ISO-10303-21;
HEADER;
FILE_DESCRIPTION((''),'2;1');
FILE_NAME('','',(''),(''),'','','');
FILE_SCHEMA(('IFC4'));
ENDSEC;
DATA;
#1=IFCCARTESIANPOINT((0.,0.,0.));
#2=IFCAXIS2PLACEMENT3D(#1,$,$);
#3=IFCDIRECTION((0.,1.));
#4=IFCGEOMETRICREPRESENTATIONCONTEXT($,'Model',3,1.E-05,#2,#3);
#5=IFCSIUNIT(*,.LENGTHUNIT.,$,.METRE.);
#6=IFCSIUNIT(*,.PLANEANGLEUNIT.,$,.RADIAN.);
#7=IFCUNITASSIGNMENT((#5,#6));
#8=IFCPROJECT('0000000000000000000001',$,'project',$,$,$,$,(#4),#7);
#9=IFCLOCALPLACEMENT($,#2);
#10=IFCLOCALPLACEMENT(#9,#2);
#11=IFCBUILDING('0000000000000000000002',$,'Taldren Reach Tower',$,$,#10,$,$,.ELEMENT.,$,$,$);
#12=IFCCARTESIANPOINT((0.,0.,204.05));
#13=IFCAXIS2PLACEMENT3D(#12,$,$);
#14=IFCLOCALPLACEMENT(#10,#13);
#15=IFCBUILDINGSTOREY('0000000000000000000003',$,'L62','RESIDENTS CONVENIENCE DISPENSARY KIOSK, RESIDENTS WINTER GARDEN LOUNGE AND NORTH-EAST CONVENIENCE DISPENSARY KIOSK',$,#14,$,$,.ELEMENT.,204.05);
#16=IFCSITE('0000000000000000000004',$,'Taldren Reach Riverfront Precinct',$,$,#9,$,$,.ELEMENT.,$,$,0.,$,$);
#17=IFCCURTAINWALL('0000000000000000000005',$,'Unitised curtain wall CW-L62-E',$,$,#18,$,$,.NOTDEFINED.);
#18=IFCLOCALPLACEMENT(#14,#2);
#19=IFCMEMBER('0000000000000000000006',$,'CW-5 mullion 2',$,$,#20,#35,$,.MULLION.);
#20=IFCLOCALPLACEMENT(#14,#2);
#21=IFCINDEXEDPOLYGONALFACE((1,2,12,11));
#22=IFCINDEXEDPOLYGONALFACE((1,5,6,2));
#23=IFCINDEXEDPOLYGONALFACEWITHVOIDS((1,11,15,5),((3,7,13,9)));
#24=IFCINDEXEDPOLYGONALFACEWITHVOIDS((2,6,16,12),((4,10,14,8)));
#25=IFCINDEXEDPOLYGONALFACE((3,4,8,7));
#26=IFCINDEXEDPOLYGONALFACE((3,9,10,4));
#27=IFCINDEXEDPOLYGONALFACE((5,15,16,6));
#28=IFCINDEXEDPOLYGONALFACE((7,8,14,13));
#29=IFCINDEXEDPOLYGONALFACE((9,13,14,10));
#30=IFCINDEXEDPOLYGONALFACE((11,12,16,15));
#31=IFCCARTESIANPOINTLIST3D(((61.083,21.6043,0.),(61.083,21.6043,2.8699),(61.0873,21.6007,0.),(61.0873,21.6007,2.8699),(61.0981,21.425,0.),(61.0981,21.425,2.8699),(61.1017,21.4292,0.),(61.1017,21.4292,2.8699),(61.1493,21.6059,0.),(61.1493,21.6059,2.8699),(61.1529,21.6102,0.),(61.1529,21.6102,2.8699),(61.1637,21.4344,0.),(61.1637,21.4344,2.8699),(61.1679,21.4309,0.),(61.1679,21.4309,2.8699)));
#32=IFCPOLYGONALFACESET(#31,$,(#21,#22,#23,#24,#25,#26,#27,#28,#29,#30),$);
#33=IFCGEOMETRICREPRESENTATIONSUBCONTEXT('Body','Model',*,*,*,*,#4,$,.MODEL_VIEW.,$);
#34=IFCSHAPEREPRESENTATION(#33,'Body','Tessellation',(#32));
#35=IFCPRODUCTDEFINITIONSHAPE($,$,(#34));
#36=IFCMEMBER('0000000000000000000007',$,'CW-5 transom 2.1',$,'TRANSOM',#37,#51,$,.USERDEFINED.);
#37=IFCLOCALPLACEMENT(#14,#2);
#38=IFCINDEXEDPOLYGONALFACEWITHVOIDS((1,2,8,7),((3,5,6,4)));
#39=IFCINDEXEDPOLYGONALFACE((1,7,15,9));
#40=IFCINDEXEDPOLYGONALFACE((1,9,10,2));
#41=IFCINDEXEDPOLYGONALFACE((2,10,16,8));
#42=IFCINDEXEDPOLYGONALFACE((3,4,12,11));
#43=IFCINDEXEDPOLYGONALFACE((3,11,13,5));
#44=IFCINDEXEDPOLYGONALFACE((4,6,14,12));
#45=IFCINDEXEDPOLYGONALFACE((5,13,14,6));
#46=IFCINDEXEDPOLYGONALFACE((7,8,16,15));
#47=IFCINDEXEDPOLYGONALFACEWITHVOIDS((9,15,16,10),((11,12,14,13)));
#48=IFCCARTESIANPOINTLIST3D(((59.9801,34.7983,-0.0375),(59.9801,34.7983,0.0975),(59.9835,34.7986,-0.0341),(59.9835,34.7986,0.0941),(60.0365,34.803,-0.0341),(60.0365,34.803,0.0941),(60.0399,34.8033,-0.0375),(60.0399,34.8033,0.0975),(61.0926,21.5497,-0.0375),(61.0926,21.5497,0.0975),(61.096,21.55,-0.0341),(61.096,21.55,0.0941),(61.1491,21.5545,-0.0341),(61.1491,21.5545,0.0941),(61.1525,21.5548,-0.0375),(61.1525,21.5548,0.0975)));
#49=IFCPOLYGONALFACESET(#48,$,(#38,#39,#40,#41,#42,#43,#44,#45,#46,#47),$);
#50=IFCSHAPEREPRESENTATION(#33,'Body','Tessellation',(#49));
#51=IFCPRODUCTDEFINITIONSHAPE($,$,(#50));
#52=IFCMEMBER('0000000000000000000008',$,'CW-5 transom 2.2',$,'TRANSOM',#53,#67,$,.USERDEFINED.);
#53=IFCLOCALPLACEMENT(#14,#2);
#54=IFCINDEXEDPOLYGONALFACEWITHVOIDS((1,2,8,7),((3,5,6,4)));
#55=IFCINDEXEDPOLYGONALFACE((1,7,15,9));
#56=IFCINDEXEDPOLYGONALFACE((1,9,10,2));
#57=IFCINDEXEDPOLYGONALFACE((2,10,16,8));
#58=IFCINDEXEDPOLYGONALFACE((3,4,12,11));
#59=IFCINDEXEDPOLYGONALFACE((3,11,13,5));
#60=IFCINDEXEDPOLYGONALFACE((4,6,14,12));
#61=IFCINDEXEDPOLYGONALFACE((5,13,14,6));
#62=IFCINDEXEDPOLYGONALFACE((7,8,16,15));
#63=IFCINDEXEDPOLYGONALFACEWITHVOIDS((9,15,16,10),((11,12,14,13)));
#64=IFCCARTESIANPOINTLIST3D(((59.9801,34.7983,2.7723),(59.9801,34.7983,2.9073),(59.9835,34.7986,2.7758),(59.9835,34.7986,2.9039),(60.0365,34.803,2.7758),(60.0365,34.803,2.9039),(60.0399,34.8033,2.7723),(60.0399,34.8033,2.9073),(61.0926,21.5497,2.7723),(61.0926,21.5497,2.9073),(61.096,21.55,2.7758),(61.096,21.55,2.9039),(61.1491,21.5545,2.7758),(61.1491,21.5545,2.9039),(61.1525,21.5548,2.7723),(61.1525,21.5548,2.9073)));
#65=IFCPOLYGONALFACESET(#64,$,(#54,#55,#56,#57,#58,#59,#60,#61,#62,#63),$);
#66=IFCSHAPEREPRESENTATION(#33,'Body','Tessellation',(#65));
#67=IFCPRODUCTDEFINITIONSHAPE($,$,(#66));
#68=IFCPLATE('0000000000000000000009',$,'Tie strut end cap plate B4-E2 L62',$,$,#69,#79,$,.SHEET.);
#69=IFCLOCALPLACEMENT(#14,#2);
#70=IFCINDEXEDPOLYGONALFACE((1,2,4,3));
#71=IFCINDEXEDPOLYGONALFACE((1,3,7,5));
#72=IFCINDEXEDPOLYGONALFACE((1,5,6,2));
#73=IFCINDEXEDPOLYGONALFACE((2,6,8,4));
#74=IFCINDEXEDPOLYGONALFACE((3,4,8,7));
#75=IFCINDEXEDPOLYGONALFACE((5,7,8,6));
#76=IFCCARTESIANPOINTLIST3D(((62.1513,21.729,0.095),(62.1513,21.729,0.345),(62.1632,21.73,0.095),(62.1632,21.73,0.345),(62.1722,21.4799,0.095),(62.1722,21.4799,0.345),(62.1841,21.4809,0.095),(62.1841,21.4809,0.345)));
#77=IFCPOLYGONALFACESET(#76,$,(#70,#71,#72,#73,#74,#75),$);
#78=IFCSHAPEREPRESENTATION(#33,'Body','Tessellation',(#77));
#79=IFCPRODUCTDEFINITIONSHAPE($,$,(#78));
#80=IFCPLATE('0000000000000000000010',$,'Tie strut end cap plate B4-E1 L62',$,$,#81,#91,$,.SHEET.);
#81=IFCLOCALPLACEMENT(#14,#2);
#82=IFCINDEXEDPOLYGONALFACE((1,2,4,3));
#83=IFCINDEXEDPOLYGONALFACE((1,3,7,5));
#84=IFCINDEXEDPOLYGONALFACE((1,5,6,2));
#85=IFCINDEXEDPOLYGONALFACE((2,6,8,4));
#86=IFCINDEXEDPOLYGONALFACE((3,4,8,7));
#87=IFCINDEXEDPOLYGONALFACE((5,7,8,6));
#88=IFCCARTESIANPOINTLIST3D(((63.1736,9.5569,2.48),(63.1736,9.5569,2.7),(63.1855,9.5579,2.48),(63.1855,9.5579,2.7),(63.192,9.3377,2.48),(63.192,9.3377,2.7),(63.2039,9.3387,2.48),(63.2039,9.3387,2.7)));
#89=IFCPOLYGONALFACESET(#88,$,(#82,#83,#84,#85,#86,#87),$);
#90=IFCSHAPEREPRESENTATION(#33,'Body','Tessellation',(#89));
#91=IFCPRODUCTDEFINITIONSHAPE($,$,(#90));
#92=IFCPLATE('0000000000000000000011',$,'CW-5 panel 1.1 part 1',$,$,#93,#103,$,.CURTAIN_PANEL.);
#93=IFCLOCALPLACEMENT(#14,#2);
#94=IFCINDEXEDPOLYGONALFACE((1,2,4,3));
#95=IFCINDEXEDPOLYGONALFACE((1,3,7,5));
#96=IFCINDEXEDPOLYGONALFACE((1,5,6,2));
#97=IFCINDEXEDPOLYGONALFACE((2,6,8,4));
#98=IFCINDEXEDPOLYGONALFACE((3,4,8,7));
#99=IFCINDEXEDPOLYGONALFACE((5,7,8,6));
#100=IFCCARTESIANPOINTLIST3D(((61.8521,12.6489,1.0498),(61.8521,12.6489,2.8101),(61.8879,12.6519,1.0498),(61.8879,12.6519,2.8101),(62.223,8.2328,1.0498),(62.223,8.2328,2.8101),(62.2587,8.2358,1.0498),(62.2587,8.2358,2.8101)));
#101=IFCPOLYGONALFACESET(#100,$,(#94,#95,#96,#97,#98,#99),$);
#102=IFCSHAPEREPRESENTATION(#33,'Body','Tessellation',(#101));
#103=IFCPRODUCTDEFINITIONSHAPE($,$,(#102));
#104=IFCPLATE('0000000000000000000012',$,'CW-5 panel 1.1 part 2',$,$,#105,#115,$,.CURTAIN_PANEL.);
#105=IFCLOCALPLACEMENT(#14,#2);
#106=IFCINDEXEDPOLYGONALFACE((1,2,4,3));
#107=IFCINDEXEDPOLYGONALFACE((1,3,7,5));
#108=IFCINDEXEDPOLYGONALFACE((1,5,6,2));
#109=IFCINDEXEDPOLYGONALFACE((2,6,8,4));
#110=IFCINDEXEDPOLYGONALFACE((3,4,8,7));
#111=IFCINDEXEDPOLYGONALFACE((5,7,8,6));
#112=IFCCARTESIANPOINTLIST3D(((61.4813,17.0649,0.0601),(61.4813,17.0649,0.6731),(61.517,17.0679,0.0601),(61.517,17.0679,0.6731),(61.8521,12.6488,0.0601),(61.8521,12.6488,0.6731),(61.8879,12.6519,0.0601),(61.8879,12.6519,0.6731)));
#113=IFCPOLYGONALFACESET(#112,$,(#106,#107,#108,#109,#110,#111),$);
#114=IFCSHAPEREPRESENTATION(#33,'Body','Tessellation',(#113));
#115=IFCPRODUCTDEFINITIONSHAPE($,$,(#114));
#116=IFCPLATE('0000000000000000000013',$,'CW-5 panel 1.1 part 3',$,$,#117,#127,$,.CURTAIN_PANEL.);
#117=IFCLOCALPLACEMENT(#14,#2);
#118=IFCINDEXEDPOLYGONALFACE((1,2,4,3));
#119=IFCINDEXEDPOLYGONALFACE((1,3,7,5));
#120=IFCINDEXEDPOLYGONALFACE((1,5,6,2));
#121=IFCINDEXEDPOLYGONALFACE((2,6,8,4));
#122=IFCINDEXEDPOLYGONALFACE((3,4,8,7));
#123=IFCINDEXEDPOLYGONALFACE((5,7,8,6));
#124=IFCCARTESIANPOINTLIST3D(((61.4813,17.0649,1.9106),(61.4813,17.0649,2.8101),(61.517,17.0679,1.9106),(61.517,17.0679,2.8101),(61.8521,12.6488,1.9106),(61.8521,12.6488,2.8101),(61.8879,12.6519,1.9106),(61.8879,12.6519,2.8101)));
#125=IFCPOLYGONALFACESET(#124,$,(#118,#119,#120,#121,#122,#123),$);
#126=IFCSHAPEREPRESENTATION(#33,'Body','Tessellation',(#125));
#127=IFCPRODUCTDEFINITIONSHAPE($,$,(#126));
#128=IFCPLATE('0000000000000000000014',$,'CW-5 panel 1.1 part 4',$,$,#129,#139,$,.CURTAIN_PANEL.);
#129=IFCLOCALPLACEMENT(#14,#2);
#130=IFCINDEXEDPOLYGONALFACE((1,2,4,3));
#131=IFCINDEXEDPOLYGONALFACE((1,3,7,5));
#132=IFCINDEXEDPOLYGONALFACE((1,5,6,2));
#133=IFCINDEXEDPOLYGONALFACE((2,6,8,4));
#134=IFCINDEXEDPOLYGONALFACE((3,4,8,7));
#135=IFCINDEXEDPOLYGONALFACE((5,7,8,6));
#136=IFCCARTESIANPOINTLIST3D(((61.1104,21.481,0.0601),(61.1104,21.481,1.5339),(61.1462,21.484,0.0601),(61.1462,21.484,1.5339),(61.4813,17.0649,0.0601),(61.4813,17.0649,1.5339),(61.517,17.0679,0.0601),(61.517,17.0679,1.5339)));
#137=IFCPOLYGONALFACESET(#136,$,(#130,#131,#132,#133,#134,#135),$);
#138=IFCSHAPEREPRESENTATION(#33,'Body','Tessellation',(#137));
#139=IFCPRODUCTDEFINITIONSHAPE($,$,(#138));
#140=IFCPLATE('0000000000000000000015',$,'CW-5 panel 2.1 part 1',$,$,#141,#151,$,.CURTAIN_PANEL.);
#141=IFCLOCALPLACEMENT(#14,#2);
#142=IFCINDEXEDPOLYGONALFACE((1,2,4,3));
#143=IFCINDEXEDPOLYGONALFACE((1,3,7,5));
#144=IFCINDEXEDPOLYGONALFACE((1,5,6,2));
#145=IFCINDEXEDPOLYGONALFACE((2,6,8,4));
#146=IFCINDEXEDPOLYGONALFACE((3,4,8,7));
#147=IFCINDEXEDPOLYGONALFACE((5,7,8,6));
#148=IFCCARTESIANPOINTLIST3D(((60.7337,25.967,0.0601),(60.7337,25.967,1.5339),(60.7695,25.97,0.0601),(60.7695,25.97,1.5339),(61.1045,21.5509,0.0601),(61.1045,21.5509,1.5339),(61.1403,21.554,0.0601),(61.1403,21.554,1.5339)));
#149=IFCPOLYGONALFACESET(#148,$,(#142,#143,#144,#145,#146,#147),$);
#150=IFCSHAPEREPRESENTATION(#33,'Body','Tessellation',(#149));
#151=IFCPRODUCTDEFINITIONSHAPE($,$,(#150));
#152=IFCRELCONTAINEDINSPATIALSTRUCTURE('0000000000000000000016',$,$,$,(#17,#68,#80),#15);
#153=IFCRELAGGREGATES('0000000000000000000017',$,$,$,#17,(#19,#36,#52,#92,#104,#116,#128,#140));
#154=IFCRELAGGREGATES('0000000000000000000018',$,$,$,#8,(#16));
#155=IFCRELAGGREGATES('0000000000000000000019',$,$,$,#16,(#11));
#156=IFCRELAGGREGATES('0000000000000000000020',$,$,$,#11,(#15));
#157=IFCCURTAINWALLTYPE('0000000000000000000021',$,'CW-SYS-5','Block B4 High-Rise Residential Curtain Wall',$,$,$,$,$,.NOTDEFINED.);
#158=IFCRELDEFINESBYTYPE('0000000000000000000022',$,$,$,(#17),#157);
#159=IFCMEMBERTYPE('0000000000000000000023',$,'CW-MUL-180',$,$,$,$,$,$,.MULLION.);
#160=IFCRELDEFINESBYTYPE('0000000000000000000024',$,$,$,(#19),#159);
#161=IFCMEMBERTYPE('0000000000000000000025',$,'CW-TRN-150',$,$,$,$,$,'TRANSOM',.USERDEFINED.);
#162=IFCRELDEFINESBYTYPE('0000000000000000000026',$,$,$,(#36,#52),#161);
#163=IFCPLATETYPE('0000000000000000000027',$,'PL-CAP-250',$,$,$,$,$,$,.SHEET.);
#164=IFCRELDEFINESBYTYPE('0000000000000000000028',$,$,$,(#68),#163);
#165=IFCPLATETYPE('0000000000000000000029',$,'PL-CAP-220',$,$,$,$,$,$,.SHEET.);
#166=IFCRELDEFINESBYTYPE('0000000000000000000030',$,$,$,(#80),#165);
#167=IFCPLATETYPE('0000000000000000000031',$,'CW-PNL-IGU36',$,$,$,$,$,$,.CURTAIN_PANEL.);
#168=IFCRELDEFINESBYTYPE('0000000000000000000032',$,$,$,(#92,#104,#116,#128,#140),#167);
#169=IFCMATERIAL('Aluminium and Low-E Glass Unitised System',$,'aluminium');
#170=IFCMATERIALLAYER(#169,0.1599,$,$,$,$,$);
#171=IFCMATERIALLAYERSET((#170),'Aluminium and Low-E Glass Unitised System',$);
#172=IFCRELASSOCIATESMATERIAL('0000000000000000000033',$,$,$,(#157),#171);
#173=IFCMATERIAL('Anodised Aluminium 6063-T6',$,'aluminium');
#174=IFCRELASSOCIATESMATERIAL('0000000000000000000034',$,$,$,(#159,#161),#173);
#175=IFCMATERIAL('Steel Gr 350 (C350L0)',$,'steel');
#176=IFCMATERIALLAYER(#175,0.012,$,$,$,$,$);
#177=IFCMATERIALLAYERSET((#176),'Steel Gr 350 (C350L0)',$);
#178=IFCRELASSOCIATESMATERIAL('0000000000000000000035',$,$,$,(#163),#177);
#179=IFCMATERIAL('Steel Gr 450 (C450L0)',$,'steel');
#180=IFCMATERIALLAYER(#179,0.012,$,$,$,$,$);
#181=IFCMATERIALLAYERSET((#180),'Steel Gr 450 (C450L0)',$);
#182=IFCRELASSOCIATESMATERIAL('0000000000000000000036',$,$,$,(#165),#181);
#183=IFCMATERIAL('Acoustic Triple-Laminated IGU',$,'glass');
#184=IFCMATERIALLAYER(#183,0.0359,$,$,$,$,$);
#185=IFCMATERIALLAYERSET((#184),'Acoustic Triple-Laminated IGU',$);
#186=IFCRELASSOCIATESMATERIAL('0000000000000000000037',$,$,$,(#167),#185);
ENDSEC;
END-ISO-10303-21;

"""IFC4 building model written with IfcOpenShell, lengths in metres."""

from ifc_helpers import new_model, si_unit, direction, frame, origin, origin_2d, place, context, subcontext, project, spatial, rectangle, hollow_rectangle, extrude, source, transform, mapped, material, layer, layer_set, material_profile, profile_set, type_object, element, aggregate, save


model = new_model("IFC4")

# Units and contexts
model_context = context("Model", 3, precision=1e-05, world=origin(), true_north=direction((0.0, 1.0)))
body_context = subcontext(model_context, "Body", "Model", "MODEL_VIEW")
ifc_project = project(units=[si_unit("LENGTHUNIT", "METRE"), si_unit("PLANEANGLEUNIT", "RADIAN")], contexts=[model_context])

# Site, building, storey
site_placement = place(None, origin())
site = spatial("IfcSite", under=ifc_project, at=site_placement, Name="Taldren Reach Riverfront Precinct", CompositionType="ELEMENT", RefElevation=0.0)
building_placement = place(site_placement, origin())
building = spatial("IfcBuilding", under=site, at=building_placement, Name="Taldren Reach Tower", CompositionType="ELEMENT")
storey_placement = place(building_placement, frame((0.0, 0.0, 204.05)))
storey = spatial("IfcBuildingStorey", under=building, at=storey_placement, Name="L62", Description="RESIDENTS CONVENIENCE DISPENSARY KIOSK, RESIDENTS WINTER GARDEN LOUNGE AND NORTH-EAST CONVENIENCE DISPENSARY KIOSK", CompositionType="ELEMENT", Elevation=204.05)

# Shared definitions
ifc_material_1 = material(Name="Steel Gr 450 (C450L0)", Category="steel")
ifc_material_2 = material(Name="Steel Gr 350 (C350L0)", Category="steel")

# Curtain wall, members
ifc_material_3 = material(Name="Aluminium and Low-E Glass Unitised System", Category="aluminium")
ifc_layer_1 = layer(ifc_material_3, 0.1599)
ifc_layer_set_1 = layer_set([ifc_layer_1], Name="Aluminium and Low-E Glass Unitised System")
curtain_wall_type = type_object("IfcCurtainWallType", Name="CW-SYS-5", Description="Block B4 High-Rise Residential Curtain Wall", PredefinedType="NOTDEFINED", material=ifc_layer_set_1)
curtain_wall_placement = place(storey_placement, origin())
curtain_wall = element("IfcCurtainWall", 1, at=curtain_wall_placement, inside=storey, type_object=curtain_wall_type, Name="Unitised curtain wall CW-L62-E", PredefinedType="NOTDEFINED")
ifc_material_4 = material(Name="Anodised Aluminium 6063-T6", Category="aluminium")
ifc_material_profile_1 = material_profile(ifc_material_4, hollow_rectangle(XDim=0.0701, YDim=0.1799, WallThickness=0.0039, at=origin_2d()), Name="ALU-180x70x4RHS")
ifc_profile_set_1 = profile_set([ifc_material_profile_1], Name="Anodised Aluminium 6063-T6")
member_type_1 = type_object("IfcMemberType", Name="CW-MUL-180", PredefinedType="MULLION", material=ifc_profile_set_1)
shared_shape_1 = source(origin(), body_context, "Body", "SweptSolid", [
    extrude(hollow_rectangle(XDim=0.0701, YDim=0.1799, WallThickness=0.0039, at=origin_2d()), origin(), (0.0, 0.0, 1.0), 2.8699),
])
member_1_placement = place(storey_placement, frame((61.1255, 21.5176, 0.0), z_axis=(0.0, 0.0, 1.0), x_axis=(-0.996493, -0.083678, 0.0)))
member_1 = element("IfcMember", 2, at=member_1_placement, type_object=member_type_1, Name="CW-5 mullion 2", PredefinedType="MULLION", context=body_context, shape_type="MappedRepresentation", body=[
    mapped(shared_shape_1, transform((0.0, 0.0, 0.0), scale=1.0)),
])
ifc_material_profile_2 = material_profile(ifc_material_4, hollow_rectangle(XDim=0.0601, YDim=0.135, WallThickness=0.0034, at=origin_2d()), Name="ALU-135x60x3.5RHS")
ifc_profile_set_2 = profile_set([ifc_material_profile_2], Name="Anodised Aluminium 6063-T6")
member_type_2 = type_object("IfcMemberType", Name="CW-TRN-150", ElementType="TRANSOM", PredefinedType="USERDEFINED", material=ifc_profile_set_2)
shared_shape_2 = source(origin(), body_context, "Body", "SweptSolid", [
    extrude(hollow_rectangle(XDim=0.0601, YDim=0.135, WallThickness=0.0034, at=origin_2d()), origin(), (0.0, 0.0, 1.0), 13.2952),
])
member_2_placement = place(storey_placement, frame((61.1226, 21.5522, 0.03), z_axis=(-0.083681, 0.996493, 0.0), x_axis=(-0.996493, -0.083681, 0.0)))
member_2 = element("IfcMember", 3, at=member_2_placement, type_object=member_type_2, Name="CW-5 transom 2.1", ObjectType="TRANSOM", PredefinedType="USERDEFINED", context=body_context, shape_type="MappedRepresentation", body=[
    mapped(shared_shape_2, transform((0.0, 0.0, 0.0), scale=1.0)),
])
member_3_placement = place(storey_placement, frame((61.1226, 21.5522, 2.8398), z_axis=(-0.083681, 0.996493, 0.0), x_axis=(-0.996493, -0.083681, 0.0)))
member_3 = element("IfcMember", 4, at=member_3_placement, type_object=member_type_2, Name="CW-5 transom 2.2", ObjectType="TRANSOM", PredefinedType="USERDEFINED", context=body_context, shape_type="MappedRepresentation", body=[
    mapped(shared_shape_2, transform((0.0, 0.0, 0.0), scale=1.0)),
])

# Plates
ifc_layer_2 = layer(ifc_material_2, 0.012)
ifc_layer_set_2 = layer_set([ifc_layer_2], Name="Steel Gr 350 (C350L0)")
plate_type_1 = type_object("IfcPlateType", Name="PL-CAP-250", PredefinedType="SHEET", material=ifc_layer_set_2)
shared_shape_3 = source(origin(), body_context, "Body", "SweptSolid", [
    extrude(rectangle(XDim=0.012, YDim=0.25, at=origin_2d()), origin(), (0.0, 0.0, 1.0), 0.25),
])
plate_1_placement = place(storey_placement, frame((62.1677, 21.605, 0.095), z_axis=(0.0, 0.0, 1.0), x_axis=(0.996493, 0.083678, 0.0)))
element("IfcPlate", 5, at=plate_1_placement, inside=storey, type_object=plate_type_1, Name="Tie strut end cap plate B4-E2 L62", PredefinedType="SHEET", context=body_context, shape_type="MappedRepresentation", body=[
    mapped(shared_shape_3, transform((0.0, 0.0, 0.0), scale=1.0)),
])
ifc_layer_3 = layer(ifc_material_1, 0.012)
ifc_layer_set_3 = layer_set([ifc_layer_3], Name="Steel Gr 450 (C450L0)")
plate_type_2 = type_object("IfcPlateType", Name="PL-CAP-220", PredefinedType="SHEET", material=ifc_layer_set_3)
shared_shape_4 = source(origin(), body_context, "Body", "SweptSolid", [
    extrude(rectangle(XDim=0.012, YDim=0.22, at=origin_2d()), origin(), (0.0, 0.0, 1.0), 0.22),
])
plate_2_placement = place(storey_placement, frame((63.1887, 9.4478, 2.48), z_axis=(0.0, 0.0, 1.0), x_axis=(0.996493, 0.083678, 0.0)))
element("IfcPlate", 6, at=plate_2_placement, inside=storey, type_object=plate_type_2, Name="Tie strut end cap plate B4-E1 L62", PredefinedType="SHEET", context=body_context, shape_type="MappedRepresentation", body=[
    mapped(shared_shape_4, transform((0.0, 0.0, 0.0), scale=1.0)),
])

# Plates
ifc_material_5 = material(Name="Acoustic Triple-Laminated IGU", Category="glass")
ifc_layer_4 = layer(ifc_material_5, 0.0359)
ifc_layer_set_4 = layer_set([ifc_layer_4], Name="Acoustic Triple-Laminated IGU")
plate_type_3 = type_object("IfcPlateType", Name="CW-PNL-IGU36", PredefinedType="CURTAIN_PANEL", material=ifc_layer_set_4)
shared_shape_5 = source(origin(), body_context, "Body", "SweptSolid", [
    extrude(rectangle(XDim=4.4316, YDim=0.0359, at=origin_2d()), origin(), (0.0, 0.0, 1.0), 1.7603),
])
plate_3_placement = place(storey_placement, frame((62.0554, 10.4424, 1.0498), z_axis=(0.0, 0.0, 1.0), x_axis=(-0.083678, 0.996493, 0.0)))
plate_3 = element("IfcPlate", 7, at=plate_3_placement, type_object=plate_type_3, Name="CW-5 panel 1.1 part 1", PredefinedType="CURTAIN_PANEL", context=body_context, shape_type="MappedRepresentation", body=[
    mapped(shared_shape_5, transform((0.0, 0.0, 0.0), scale=1.0)),
])
shared_shape_6 = source(origin(), body_context, "Body", "SweptSolid", [
    extrude(rectangle(XDim=4.4316, YDim=0.0359, at=origin_2d()), origin(), (0.0, 0.0, 1.0), 0.613),
])
plate_4_placement = place(storey_placement, frame((61.6846, 14.8584, 0.0601), z_axis=(0.0, 0.0, 1.0), x_axis=(-0.083678, 0.996493, 0.0)))
plate_4 = element("IfcPlate", 8, at=plate_4_placement, type_object=plate_type_3, Name="CW-5 panel 1.1 part 2", PredefinedType="CURTAIN_PANEL", context=body_context, shape_type="MappedRepresentation", body=[
    mapped(shared_shape_6, transform((0.0, 0.0, 0.0), scale=1.0)),
])
shared_shape_7 = source(origin(), body_context, "Body", "SweptSolid", [
    extrude(rectangle(XDim=4.4316, YDim=0.0359, at=origin_2d()), origin(), (0.0, 0.0, 1.0), 0.8994),
])
plate_5_placement = place(storey_placement, frame((61.6846, 14.8584, 1.9106), z_axis=(0.0, 0.0, 1.0), x_axis=(-0.083678, 0.996493, 0.0)))
plate_5 = element("IfcPlate", 9, at=plate_5_placement, type_object=plate_type_3, Name="CW-5 panel 1.1 part 3", PredefinedType="CURTAIN_PANEL", context=body_context, shape_type="MappedRepresentation", body=[
    mapped(shared_shape_7, transform((0.0, 0.0, 0.0), scale=1.0)),
])
shared_shape_8 = source(origin(), body_context, "Body", "SweptSolid", [
    extrude(rectangle(XDim=4.4316, YDim=0.0359, at=origin_2d()), origin(), (0.0, 0.0, 1.0), 1.4739),
])
plate_6_placement = place(storey_placement, frame((61.3137, 19.2744, 0.0601), z_axis=(0.0, 0.0, 1.0), x_axis=(-0.083678, 0.996493, 0.0)))
plate_6 = element("IfcPlate", 10, at=plate_6_placement, type_object=plate_type_3, Name="CW-5 panel 1.1 part 4", PredefinedType="CURTAIN_PANEL", context=body_context, shape_type="MappedRepresentation", body=[
    mapped(shared_shape_8, transform((0.0, 0.0, 0.0), scale=1.0)),
])
plate_7_placement = place(storey_placement, frame((60.937, 23.7605, 0.0601), z_axis=(0.0, 0.0, 1.0), x_axis=(-0.083678, 0.996493, 0.0)))
plate_7 = element("IfcPlate", 11, at=plate_7_placement, type_object=plate_type_3, Name="CW-5 panel 2.1 part 1", PredefinedType="CURTAIN_PANEL", context=body_context, shape_type="MappedRepresentation", body=[
    mapped(shared_shape_8, transform((0.0, 0.0, 0.0), scale=1.0)),
])
aggregate(curtain_wall, [member_1, member_2, member_3, plate_3, plate_4, plate_5, plate_6, plate_7])

save(model, "model.ifc")
